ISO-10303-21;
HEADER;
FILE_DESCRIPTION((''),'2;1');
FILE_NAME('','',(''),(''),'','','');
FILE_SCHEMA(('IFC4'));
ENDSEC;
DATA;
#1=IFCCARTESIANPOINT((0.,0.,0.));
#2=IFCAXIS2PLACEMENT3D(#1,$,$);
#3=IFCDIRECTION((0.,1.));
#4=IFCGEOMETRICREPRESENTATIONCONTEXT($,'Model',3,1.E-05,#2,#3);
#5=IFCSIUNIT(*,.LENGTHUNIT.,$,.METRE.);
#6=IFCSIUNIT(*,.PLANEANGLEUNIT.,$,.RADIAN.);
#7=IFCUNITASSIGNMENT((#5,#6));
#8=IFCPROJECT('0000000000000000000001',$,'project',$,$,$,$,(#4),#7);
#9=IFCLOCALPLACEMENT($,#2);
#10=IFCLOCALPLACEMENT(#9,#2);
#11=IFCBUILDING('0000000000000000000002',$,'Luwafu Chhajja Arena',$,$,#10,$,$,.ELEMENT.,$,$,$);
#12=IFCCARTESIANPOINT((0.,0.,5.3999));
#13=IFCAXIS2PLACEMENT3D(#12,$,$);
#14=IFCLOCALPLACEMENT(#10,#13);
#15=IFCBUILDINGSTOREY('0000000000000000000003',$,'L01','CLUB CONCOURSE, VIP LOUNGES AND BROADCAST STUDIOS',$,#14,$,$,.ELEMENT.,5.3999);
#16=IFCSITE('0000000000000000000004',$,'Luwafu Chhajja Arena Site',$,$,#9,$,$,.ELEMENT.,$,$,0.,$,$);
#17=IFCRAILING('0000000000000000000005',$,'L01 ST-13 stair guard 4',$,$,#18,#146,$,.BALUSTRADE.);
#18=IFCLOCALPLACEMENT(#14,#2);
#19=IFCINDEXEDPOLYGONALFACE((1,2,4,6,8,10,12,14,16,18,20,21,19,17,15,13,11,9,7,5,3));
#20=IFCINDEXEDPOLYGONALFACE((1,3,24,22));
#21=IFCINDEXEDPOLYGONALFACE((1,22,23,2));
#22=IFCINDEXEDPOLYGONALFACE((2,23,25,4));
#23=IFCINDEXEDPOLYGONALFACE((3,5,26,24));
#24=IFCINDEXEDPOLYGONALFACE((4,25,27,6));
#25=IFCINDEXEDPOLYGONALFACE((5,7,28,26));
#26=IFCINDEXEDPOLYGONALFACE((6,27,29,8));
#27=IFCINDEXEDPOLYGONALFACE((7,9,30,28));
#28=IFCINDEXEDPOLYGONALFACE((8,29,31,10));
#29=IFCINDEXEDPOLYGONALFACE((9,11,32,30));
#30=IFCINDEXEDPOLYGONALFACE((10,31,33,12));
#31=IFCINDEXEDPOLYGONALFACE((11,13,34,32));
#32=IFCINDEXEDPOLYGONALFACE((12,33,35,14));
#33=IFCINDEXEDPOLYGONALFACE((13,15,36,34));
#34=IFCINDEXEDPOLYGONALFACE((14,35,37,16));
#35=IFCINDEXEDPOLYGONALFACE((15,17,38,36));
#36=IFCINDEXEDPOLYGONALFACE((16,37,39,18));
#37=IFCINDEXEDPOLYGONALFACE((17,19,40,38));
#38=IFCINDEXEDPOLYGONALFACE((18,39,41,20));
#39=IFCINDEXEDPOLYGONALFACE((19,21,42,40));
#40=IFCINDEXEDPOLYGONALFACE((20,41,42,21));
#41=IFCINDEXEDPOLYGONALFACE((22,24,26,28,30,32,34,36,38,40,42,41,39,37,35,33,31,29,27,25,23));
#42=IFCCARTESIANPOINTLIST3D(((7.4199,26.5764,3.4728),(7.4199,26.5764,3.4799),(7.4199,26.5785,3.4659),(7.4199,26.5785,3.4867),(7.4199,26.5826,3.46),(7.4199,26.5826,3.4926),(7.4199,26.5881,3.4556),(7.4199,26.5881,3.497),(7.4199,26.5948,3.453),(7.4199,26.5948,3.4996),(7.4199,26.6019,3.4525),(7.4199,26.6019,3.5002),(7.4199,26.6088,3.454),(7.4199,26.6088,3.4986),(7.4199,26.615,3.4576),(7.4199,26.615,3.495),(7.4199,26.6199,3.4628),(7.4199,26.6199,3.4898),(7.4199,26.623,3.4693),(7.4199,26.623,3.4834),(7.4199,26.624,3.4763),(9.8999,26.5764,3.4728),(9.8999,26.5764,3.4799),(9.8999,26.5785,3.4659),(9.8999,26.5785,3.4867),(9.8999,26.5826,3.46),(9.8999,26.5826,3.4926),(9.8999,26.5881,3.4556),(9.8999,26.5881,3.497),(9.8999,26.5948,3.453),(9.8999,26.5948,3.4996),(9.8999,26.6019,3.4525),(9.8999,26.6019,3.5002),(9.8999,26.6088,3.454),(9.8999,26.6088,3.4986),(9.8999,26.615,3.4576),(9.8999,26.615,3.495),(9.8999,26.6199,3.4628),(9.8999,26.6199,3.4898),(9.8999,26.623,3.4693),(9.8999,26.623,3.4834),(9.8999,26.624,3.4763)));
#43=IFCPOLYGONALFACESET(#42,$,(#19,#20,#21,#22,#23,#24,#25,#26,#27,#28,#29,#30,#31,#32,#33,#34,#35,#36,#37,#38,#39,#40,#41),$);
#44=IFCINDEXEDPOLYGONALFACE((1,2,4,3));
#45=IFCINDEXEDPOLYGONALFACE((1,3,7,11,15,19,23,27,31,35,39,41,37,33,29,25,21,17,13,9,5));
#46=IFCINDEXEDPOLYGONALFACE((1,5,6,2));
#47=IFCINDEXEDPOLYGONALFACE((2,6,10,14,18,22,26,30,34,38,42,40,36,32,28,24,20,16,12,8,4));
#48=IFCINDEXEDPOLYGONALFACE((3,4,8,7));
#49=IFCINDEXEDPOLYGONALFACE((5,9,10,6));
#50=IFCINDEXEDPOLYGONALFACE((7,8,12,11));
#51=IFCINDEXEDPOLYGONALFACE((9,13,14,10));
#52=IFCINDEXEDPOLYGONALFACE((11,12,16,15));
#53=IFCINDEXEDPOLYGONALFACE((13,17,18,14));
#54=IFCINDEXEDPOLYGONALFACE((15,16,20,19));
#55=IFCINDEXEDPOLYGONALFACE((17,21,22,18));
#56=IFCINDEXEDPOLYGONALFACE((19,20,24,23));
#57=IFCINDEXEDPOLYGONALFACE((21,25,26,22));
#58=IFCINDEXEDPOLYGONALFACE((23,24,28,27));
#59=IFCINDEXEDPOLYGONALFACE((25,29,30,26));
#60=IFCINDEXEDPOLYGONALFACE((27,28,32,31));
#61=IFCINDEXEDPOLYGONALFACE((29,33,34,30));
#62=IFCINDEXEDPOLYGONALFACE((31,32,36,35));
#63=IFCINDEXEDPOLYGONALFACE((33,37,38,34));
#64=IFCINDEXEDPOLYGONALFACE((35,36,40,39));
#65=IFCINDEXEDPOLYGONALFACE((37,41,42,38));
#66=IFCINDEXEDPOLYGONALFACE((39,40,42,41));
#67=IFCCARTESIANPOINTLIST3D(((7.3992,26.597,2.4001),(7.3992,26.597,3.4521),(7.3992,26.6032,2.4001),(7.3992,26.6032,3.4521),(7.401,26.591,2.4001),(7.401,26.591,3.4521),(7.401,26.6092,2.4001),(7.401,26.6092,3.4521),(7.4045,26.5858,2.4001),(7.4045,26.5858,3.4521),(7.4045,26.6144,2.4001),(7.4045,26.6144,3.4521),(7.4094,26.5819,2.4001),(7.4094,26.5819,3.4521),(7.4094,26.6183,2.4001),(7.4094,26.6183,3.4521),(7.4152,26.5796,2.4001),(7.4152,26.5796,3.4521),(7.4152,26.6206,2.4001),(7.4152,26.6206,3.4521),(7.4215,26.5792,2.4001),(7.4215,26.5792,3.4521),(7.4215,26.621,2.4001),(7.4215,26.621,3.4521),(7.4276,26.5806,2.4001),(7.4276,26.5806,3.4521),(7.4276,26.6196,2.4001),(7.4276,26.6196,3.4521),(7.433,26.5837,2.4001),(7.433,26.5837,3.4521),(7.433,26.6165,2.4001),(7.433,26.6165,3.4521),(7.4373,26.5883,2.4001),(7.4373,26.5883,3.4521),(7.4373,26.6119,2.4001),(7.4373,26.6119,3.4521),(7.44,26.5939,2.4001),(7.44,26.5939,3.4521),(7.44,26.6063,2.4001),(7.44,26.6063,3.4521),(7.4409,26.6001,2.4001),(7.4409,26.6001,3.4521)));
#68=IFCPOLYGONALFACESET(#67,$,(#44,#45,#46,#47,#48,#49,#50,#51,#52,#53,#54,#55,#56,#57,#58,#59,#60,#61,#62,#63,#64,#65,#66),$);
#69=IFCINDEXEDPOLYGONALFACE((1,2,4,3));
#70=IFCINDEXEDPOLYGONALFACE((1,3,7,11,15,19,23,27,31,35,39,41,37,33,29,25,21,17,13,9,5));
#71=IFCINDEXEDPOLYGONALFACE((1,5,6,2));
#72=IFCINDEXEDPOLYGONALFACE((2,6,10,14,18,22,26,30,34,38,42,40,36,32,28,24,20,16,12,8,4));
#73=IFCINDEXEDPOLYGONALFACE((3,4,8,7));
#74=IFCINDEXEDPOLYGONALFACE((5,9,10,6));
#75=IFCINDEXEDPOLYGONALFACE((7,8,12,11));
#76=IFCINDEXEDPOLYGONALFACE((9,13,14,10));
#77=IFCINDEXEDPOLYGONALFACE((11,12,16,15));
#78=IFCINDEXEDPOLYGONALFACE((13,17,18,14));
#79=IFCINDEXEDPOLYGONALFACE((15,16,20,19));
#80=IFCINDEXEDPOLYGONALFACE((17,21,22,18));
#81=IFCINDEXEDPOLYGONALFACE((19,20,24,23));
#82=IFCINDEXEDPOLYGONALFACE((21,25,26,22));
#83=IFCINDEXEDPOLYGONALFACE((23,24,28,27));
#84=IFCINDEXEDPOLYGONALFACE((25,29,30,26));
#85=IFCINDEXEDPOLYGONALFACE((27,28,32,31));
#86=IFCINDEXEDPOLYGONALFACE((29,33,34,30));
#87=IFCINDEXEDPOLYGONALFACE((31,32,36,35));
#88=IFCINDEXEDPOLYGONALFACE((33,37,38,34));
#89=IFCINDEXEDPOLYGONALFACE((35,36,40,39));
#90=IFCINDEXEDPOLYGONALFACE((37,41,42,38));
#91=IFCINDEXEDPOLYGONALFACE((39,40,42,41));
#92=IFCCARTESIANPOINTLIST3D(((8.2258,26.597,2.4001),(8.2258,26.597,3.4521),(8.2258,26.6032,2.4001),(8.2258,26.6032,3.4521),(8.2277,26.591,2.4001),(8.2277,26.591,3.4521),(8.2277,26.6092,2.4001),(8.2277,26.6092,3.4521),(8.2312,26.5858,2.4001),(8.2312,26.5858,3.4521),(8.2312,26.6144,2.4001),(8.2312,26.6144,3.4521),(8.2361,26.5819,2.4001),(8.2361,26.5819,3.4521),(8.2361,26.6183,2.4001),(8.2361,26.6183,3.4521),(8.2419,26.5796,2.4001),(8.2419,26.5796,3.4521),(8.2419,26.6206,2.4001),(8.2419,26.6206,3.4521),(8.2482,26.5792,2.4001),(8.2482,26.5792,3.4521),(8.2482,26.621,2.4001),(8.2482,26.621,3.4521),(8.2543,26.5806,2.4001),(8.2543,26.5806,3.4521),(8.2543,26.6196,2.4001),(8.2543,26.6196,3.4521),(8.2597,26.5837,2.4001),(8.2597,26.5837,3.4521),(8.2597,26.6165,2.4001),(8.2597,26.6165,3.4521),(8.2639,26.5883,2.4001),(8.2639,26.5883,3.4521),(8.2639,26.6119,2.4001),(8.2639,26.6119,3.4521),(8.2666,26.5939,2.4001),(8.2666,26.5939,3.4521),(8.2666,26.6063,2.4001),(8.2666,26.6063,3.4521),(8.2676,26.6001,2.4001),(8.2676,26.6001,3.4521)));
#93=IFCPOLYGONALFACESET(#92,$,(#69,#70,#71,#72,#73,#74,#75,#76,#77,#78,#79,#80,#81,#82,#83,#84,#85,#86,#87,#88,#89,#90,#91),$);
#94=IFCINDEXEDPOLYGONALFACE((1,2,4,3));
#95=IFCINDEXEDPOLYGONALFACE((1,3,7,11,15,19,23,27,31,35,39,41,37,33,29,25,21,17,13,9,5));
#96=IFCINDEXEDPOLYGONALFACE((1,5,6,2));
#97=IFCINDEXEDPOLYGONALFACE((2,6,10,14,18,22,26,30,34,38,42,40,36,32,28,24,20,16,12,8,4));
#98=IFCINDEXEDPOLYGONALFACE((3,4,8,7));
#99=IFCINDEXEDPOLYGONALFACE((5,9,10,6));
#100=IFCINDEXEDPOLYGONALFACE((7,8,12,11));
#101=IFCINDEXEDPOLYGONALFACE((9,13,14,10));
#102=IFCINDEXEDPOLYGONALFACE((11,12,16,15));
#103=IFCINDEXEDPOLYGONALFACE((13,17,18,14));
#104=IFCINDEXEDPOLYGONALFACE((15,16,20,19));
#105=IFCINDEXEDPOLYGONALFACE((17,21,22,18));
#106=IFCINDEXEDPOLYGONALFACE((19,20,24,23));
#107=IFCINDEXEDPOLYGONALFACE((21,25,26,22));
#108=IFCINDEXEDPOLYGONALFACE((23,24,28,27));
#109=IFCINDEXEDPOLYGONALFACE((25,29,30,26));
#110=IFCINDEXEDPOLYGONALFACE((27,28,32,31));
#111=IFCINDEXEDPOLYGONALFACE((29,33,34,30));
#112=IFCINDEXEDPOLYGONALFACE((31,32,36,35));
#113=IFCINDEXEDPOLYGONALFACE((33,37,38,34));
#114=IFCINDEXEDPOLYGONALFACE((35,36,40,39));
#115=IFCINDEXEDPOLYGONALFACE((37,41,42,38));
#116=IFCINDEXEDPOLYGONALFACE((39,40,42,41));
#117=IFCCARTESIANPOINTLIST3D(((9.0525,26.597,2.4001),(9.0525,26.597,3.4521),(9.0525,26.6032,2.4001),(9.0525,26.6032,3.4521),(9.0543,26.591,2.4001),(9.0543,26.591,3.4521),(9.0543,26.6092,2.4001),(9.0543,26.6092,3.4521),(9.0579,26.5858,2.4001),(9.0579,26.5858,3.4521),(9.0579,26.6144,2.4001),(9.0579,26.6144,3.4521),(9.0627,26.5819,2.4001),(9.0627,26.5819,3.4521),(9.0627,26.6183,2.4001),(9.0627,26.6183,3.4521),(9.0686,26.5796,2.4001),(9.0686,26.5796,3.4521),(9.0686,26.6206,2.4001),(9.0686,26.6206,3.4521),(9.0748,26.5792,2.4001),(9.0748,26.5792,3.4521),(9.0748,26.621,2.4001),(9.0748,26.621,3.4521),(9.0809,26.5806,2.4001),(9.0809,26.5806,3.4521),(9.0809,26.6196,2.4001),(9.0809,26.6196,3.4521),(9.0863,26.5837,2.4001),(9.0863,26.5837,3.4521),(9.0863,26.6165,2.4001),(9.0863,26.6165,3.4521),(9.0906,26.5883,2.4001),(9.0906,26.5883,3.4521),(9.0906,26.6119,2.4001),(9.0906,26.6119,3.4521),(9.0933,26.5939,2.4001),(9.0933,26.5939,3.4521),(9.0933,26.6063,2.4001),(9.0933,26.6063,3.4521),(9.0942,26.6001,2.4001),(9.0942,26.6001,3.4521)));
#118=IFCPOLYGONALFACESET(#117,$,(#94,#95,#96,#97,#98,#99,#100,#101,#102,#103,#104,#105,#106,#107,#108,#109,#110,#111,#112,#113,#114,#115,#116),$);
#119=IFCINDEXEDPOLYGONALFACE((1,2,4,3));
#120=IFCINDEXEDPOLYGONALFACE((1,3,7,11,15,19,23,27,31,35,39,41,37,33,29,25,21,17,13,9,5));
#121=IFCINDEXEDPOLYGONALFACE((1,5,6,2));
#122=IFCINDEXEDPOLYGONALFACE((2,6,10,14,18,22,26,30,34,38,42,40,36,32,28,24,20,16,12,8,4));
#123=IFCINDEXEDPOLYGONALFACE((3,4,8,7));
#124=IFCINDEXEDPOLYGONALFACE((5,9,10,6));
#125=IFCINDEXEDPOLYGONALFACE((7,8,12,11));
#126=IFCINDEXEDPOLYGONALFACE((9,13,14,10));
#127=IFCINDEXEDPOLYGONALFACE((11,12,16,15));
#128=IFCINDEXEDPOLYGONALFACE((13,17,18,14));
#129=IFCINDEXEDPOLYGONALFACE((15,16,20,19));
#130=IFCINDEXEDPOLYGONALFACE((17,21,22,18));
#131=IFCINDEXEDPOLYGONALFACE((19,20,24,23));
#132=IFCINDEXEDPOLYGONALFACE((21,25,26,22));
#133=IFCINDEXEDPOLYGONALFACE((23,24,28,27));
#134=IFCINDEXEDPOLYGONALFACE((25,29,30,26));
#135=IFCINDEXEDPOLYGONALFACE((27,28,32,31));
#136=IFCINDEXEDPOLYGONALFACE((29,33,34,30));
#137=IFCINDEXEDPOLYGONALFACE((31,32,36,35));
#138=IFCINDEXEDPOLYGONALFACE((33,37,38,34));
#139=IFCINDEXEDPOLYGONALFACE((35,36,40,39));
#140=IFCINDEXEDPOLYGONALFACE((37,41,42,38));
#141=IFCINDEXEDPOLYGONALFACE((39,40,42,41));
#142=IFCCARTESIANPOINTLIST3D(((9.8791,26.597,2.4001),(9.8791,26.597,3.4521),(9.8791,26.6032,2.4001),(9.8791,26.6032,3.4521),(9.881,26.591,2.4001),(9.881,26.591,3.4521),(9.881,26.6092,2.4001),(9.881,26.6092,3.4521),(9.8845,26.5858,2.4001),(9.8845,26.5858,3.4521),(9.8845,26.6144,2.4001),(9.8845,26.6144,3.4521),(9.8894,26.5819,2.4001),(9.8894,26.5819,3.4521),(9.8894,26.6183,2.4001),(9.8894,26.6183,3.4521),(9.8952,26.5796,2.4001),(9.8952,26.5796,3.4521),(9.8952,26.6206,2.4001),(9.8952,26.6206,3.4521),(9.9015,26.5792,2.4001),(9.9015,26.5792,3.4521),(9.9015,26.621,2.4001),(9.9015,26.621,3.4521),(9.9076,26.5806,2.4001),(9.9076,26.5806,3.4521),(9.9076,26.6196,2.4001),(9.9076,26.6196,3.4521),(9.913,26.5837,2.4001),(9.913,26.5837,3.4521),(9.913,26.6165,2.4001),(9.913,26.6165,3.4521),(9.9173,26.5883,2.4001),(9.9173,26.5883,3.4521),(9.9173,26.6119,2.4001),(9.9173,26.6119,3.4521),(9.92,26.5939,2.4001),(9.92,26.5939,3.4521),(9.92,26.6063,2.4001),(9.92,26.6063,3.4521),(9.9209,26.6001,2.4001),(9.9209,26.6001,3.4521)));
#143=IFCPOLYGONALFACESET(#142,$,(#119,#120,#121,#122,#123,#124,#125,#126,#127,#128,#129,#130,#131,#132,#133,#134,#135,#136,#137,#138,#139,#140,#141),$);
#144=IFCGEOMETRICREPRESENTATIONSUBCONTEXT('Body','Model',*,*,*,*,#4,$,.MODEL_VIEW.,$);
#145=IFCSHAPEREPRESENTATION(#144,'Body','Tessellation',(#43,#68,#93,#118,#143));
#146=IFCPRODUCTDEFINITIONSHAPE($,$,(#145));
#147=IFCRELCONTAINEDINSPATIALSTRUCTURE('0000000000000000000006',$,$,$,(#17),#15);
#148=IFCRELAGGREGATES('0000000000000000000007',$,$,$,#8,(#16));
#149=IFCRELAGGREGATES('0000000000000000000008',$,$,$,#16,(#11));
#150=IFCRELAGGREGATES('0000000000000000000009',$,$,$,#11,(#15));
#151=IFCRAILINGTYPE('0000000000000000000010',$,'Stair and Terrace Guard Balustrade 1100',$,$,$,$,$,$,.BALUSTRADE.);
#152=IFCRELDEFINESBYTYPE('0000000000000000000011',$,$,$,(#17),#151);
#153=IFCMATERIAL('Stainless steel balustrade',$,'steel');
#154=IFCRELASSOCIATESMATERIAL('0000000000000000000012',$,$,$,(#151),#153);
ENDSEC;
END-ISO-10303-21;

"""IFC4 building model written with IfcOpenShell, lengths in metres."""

from ifc_helpers import new_model, si_unit, direction, frame, origin, origin_2d, place, context, subcontext, project, spatial, circle, extrude, material, type_object, element, save


model = new_model("IFC4")

# Units and contexts
model_context = context("Model", 3, precision=1e-05, world=origin(), true_north=direction((0.0, 1.0)))
body_context = subcontext(model_context, "Body", "Model", "MODEL_VIEW")
ifc_project = project(units=[si_unit("LENGTHUNIT", "METRE"), si_unit("PLANEANGLEUNIT", "RADIAN")], contexts=[model_context])

# Site, building, storey
site_placement = place(None, origin())
site = spatial("IfcSite", under=ifc_project, at=site_placement, Name="Luwafu Chhajja Arena Site", CompositionType="ELEMENT", RefElevation=0.0)
building_placement = place(site_placement, origin())
building = spatial("IfcBuilding", under=site, at=building_placement, Name="Luwafu Chhajja Arena", CompositionType="ELEMENT")
storey_placement = place(building_placement, frame((0.0, 0.0, 5.3999)))
storey = spatial("IfcBuildingStorey", under=building, at=storey_placement, Name="L01", Description="CLUB CONCOURSE, VIP LOUNGES AND BROADCAST STUDIOS", CompositionType="ELEMENT", Elevation=5.3999)

# Railing
ifc_material_1 = material(Name="Stainless steel balustrade", Category="steel")
railing_type_1 = type_object("IfcRailingType", Name="Stair and Terrace Guard Balustrade 1100", PredefinedType="BALUSTRADE", material=ifc_material_1)
for number, where, name in (
    (1, (7.4199, 26.6001, 2.4001), "L01 ST-13 stair guard 4"),
):
    element("IfcRailing", number, at=place(storey_placement, frame(where)), inside=storey, type_object=railing_type_1, Name=name, PredefinedType="BALUSTRADE", context=body_context, shape_type="SweptSolid", body=[
        extrude(circle(Radius=0.0239, at=origin_2d()), frame((0.0, 0.0, 1.0762), z_axis=(1.0, 0.0, 0.0), x_axis=(0.0, 1.0, 0.0)), (0.0, 0.0, 1.0), 2.48),
        extrude(circle(Radius=0.021, at=origin_2d()), origin(), (0.0, 0.0, 1.0), 1.052),
        extrude(circle(Radius=0.021, at=origin_2d()), frame((0.8267, 0.0, 0.0)), (0.0, 0.0, 1.0), 1.052),
        extrude(circle(Radius=0.021, at=origin_2d()), frame((1.6533, 0.0, 0.0)), (0.0, 0.0, 1.0), 1.052),
        extrude(circle(Radius=0.021, at=origin_2d()), frame((2.48, 0.0, 0.0)), (0.0, 0.0, 1.0), 1.052),
    ])

save(model, "model.ifc")
